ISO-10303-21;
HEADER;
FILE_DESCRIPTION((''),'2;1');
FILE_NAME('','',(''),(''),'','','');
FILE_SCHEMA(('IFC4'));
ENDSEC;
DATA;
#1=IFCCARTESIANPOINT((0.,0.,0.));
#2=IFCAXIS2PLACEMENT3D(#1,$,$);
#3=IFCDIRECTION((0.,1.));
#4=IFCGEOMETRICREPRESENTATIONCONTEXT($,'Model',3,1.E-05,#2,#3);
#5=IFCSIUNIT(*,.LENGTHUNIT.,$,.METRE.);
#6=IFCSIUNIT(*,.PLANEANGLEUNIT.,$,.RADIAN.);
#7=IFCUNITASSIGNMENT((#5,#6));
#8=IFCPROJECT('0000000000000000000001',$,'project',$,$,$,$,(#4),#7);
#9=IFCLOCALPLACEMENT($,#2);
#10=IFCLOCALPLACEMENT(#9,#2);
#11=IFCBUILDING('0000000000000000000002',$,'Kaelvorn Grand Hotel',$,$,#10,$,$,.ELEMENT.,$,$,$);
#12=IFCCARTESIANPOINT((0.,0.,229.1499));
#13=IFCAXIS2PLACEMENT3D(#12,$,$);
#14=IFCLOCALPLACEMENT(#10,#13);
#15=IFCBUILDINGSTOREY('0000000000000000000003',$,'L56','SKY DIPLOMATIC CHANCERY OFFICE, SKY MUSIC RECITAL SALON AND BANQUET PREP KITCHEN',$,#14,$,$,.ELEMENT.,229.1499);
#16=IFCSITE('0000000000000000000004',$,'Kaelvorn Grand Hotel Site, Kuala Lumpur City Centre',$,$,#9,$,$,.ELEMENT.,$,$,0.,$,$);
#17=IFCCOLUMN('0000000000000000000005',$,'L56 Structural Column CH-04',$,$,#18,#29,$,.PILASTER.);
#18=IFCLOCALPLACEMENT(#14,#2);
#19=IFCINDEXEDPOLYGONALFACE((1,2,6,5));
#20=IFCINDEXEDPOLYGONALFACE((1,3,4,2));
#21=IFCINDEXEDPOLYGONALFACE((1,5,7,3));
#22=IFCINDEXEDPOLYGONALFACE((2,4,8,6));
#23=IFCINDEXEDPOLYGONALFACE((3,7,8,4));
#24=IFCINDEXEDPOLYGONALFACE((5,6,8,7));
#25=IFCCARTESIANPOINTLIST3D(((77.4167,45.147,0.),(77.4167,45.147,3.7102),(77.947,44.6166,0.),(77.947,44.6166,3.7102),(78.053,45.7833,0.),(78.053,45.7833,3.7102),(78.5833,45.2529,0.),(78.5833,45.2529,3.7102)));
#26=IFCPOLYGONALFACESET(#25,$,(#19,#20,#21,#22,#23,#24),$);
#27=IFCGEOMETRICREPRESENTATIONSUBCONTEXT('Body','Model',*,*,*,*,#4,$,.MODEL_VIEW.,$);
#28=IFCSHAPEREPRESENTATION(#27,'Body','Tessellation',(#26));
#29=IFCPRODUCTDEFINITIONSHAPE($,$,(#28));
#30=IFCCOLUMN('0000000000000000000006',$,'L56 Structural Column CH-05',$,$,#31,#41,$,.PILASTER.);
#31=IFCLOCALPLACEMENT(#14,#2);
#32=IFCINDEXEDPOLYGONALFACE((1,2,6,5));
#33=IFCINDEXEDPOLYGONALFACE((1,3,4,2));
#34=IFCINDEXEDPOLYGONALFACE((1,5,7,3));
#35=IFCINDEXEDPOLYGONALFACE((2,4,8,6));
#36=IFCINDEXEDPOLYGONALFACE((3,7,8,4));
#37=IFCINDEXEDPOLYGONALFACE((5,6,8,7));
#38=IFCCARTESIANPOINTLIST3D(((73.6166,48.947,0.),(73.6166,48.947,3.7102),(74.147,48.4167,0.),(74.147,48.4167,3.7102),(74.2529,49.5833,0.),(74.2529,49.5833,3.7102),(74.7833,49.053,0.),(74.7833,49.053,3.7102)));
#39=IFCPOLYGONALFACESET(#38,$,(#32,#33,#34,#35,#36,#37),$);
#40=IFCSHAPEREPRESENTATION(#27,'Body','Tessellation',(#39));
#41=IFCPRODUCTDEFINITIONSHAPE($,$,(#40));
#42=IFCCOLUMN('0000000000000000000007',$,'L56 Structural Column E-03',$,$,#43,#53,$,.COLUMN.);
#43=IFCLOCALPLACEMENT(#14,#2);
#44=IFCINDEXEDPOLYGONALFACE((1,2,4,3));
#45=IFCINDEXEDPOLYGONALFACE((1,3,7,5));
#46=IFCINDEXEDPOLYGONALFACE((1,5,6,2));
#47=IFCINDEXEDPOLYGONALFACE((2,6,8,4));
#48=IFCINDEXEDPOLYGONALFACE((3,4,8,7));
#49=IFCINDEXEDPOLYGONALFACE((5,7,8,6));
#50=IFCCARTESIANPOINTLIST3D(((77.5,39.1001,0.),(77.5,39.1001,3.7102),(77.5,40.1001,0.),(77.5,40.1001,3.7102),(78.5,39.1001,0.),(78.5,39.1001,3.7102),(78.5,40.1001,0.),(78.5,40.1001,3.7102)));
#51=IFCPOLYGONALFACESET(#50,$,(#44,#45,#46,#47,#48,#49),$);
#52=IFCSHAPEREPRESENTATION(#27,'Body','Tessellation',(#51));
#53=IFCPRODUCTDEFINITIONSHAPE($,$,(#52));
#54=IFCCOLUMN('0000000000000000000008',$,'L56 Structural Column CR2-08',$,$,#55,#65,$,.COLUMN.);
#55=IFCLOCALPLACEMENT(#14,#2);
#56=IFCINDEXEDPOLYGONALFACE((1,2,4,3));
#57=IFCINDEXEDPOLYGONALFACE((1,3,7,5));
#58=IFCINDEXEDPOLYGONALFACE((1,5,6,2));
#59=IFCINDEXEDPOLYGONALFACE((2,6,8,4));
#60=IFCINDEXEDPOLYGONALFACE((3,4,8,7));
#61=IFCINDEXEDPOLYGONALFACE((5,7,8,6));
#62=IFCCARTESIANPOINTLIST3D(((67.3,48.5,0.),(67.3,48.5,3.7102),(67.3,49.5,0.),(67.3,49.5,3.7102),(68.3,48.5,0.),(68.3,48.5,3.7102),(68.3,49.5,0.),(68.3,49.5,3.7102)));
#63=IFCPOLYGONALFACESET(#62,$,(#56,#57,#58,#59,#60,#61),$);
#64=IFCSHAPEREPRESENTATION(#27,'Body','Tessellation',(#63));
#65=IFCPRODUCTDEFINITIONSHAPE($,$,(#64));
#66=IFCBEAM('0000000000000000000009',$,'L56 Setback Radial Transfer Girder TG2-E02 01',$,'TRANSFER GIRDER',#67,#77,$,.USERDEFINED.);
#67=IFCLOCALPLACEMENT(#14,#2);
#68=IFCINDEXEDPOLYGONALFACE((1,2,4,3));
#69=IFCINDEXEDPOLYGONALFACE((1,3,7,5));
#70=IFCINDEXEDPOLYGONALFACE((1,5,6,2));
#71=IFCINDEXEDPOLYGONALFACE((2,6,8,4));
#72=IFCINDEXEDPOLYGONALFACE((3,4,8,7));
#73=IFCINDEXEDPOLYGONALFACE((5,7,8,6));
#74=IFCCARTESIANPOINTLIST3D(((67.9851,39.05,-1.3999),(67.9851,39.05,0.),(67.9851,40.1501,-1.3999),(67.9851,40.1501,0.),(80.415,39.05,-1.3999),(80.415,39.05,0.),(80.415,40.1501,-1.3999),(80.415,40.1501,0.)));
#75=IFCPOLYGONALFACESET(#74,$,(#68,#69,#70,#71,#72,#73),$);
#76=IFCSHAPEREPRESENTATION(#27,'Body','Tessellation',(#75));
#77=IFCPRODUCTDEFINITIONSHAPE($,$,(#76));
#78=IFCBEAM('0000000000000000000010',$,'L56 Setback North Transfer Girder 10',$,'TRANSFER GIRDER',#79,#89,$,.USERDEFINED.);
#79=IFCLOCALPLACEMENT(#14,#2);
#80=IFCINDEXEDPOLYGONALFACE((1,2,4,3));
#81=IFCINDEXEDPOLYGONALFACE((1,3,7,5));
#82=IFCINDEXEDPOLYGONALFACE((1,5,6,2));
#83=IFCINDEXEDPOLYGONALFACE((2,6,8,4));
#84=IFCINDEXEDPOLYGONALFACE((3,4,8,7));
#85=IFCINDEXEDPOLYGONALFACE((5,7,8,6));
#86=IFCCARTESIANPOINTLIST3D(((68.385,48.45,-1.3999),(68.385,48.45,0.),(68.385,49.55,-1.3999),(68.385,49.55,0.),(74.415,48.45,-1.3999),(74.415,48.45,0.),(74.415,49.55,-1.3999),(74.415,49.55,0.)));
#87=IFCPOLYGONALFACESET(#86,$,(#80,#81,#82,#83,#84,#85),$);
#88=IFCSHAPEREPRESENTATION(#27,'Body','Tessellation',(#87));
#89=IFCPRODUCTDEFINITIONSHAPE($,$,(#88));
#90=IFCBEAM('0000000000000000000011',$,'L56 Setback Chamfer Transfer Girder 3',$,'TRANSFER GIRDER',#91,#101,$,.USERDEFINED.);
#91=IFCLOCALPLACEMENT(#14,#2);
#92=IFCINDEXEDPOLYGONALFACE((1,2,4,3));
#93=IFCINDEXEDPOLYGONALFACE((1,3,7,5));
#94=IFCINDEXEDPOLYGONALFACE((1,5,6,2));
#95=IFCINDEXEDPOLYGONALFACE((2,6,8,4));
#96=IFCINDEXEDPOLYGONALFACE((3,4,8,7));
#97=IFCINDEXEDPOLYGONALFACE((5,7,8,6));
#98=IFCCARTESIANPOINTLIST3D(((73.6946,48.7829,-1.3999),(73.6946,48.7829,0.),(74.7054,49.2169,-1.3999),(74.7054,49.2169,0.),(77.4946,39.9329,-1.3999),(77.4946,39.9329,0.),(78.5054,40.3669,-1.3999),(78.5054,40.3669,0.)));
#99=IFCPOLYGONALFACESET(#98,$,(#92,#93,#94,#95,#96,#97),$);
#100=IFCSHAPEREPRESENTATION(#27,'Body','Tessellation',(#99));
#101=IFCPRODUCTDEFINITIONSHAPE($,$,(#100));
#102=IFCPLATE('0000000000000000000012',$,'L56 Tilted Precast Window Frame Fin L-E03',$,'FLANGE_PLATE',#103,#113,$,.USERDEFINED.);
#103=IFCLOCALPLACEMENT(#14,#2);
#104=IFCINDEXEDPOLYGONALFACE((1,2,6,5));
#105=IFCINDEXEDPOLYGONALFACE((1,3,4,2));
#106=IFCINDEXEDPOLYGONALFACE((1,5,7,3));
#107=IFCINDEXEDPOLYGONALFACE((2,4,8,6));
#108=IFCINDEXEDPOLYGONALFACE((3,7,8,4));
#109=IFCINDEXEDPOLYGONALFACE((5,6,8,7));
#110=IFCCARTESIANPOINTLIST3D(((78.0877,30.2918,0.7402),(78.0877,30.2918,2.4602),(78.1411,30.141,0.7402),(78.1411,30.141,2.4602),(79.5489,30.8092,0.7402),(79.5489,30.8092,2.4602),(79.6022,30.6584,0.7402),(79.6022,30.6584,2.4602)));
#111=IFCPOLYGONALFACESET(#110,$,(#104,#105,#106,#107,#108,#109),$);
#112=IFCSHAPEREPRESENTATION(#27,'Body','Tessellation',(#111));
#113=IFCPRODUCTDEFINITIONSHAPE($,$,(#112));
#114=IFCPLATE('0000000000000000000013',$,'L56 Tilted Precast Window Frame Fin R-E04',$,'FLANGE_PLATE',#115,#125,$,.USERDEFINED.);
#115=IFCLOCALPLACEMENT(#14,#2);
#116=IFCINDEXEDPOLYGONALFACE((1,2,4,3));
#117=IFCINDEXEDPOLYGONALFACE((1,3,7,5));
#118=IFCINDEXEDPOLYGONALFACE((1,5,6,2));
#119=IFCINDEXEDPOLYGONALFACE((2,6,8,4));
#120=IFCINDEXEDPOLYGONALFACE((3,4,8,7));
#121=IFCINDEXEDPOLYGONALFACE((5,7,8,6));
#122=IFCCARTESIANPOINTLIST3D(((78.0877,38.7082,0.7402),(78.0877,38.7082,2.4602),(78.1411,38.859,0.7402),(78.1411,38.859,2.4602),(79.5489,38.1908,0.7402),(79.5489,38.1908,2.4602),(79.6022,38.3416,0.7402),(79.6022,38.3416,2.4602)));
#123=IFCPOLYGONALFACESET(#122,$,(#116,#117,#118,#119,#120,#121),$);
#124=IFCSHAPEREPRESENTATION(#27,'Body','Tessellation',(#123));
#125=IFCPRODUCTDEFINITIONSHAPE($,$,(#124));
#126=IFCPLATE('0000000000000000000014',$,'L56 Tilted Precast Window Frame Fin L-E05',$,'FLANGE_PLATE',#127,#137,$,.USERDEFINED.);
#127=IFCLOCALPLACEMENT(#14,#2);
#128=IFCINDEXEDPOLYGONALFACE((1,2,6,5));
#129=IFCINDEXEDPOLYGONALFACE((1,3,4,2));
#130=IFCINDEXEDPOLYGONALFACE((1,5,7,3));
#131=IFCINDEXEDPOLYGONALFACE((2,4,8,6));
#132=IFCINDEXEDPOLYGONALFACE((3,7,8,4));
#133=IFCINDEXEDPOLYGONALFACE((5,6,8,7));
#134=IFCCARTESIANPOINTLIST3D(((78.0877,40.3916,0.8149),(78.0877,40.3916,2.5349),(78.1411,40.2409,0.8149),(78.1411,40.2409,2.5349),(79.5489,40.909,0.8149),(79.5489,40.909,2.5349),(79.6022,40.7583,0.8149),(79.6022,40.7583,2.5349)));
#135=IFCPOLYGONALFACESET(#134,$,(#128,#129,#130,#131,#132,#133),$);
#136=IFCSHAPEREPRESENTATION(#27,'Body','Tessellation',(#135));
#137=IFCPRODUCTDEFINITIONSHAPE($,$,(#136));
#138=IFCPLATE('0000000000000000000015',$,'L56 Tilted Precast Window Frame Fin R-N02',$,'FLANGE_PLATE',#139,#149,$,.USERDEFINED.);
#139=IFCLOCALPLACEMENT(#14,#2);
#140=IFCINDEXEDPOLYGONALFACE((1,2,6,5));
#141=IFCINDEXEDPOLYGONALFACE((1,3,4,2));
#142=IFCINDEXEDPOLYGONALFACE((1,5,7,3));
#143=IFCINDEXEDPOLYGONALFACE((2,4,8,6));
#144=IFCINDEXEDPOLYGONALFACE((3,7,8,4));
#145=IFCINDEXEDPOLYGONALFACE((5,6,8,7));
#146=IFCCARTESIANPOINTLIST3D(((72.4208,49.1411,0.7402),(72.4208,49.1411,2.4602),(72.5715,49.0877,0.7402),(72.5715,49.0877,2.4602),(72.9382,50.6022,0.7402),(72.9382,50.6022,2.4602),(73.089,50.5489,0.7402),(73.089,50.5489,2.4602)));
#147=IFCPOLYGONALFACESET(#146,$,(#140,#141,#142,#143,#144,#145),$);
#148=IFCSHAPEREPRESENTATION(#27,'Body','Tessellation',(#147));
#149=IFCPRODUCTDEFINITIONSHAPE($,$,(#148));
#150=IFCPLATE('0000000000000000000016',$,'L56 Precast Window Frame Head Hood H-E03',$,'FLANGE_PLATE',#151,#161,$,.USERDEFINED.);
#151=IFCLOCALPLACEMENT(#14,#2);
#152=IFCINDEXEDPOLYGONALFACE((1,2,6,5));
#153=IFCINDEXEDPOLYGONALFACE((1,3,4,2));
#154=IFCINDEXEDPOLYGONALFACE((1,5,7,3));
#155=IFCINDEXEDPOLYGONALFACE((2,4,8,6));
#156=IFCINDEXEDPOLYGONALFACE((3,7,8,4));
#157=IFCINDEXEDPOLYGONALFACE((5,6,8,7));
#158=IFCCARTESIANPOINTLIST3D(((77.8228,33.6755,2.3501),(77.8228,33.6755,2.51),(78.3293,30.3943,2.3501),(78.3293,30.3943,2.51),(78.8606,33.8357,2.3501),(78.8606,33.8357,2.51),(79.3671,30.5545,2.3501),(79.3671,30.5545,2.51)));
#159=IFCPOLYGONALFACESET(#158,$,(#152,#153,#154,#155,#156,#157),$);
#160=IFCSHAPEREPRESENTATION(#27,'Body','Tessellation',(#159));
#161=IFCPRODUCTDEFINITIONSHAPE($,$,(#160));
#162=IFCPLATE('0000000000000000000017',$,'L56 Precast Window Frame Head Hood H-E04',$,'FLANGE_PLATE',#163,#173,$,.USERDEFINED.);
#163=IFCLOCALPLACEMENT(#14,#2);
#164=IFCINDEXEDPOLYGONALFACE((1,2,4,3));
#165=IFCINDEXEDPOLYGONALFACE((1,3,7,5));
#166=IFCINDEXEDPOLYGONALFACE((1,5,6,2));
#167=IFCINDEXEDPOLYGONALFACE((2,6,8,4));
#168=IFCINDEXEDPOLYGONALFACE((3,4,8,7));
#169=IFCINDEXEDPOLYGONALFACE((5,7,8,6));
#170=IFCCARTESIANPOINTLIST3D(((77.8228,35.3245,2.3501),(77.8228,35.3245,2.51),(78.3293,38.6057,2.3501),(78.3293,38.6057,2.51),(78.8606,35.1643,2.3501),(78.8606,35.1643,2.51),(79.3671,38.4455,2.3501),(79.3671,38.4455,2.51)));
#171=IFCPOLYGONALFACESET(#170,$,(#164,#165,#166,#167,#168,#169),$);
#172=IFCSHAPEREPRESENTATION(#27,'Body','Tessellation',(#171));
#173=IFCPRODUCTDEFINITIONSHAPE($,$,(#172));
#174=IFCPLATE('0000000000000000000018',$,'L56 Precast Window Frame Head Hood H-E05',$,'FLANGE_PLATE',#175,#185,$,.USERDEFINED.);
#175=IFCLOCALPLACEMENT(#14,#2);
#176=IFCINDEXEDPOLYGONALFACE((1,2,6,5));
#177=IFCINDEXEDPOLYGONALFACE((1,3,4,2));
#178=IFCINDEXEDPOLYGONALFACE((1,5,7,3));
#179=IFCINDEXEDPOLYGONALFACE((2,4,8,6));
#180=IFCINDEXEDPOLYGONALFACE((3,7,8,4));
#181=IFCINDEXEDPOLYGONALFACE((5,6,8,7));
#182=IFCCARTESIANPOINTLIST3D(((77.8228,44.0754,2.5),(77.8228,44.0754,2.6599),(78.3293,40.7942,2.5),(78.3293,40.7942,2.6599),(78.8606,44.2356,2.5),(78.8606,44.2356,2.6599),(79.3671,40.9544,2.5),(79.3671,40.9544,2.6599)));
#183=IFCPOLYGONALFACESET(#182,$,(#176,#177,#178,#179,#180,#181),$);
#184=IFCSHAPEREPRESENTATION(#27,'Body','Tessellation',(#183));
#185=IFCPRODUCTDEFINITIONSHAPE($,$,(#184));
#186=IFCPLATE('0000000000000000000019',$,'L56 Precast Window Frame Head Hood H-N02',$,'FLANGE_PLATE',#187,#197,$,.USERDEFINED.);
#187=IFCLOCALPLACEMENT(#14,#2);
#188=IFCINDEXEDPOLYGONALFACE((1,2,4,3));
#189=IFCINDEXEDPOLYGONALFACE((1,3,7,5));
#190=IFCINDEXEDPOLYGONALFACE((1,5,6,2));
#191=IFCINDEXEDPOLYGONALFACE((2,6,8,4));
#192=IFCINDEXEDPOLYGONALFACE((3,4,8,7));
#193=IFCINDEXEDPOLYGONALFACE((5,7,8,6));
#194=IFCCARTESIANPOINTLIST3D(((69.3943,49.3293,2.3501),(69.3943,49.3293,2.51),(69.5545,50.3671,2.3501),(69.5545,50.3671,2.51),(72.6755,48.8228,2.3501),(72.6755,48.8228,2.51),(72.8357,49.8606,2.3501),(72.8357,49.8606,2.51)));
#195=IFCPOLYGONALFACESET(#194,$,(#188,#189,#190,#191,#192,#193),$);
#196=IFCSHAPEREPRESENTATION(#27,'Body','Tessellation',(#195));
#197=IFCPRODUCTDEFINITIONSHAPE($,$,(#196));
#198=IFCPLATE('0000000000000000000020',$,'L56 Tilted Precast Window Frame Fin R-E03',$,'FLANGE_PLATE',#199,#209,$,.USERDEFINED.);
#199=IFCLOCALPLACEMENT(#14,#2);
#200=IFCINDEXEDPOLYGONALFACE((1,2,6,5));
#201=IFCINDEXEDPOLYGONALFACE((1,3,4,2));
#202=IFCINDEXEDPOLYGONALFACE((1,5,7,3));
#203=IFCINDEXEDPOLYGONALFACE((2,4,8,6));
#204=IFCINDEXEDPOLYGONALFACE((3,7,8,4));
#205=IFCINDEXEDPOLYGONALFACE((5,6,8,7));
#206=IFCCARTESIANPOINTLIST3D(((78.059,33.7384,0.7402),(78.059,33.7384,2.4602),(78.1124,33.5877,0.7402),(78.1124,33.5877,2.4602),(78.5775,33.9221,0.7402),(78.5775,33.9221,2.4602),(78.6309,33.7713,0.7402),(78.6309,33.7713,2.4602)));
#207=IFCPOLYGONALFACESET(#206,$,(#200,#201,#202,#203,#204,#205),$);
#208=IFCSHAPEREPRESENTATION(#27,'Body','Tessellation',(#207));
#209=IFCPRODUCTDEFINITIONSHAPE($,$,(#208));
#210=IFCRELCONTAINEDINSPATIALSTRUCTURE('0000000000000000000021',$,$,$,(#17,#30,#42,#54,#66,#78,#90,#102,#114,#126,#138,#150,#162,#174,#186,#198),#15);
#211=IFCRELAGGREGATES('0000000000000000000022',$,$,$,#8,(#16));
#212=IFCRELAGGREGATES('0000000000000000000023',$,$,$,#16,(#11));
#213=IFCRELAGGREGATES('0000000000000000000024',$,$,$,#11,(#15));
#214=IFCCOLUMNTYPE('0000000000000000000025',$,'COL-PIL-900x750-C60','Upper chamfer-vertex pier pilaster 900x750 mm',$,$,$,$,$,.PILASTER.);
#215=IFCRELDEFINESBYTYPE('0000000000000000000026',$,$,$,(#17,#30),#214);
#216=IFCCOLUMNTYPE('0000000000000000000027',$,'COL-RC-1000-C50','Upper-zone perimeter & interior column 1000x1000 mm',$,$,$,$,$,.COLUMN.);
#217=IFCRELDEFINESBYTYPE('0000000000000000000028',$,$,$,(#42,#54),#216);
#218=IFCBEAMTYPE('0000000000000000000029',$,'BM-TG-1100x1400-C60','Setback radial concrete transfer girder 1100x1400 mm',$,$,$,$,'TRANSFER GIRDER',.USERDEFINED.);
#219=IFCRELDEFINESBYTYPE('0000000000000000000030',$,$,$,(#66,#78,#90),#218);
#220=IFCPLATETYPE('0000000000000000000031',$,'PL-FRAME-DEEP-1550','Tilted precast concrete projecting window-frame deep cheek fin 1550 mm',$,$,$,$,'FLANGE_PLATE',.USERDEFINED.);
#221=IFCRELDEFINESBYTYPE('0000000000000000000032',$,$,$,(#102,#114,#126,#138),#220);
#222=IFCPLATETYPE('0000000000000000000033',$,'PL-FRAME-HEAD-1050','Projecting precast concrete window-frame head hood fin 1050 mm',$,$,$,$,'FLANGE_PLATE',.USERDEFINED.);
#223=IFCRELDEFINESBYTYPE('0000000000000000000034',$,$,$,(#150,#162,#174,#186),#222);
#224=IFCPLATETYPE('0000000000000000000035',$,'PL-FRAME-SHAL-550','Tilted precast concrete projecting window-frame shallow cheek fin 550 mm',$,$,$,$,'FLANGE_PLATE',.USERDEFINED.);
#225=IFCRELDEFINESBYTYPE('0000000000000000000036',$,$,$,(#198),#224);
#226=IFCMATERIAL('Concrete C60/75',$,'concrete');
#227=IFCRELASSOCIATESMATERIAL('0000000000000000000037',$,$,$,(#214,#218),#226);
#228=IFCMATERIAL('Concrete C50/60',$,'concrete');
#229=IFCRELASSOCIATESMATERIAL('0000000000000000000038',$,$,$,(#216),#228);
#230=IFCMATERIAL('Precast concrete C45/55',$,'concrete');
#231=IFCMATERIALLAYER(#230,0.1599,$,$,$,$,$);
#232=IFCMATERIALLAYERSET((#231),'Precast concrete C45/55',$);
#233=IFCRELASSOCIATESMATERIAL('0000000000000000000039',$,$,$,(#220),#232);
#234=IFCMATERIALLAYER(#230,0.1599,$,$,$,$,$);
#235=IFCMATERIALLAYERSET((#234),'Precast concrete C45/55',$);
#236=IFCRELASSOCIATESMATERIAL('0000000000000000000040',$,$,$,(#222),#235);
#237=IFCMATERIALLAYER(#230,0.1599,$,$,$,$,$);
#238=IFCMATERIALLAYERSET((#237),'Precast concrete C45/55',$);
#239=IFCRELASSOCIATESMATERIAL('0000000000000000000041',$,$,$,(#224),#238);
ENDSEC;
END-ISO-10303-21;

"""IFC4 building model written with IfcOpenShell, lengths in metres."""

from ifc_helpers import new_model, si_unit, direction, frame, origin, origin_2d, place, context, subcontext, project, spatial, rectangle, extrude, material, layer, layer_set, material_profile, profile_set, type_object, element, save


model = new_model("IFC4")

# Units and contexts
model_context = context("Model", 3, precision=1e-05, world=origin(), true_north=direction((0.0, 1.0)))
body_context = subcontext(model_context, "Body", "Model", "MODEL_VIEW")
ifc_project = project(units=[si_unit("LENGTHUNIT", "METRE"), si_unit("PLANEANGLEUNIT", "RADIAN")], contexts=[model_context])

# Site, building, storey
site_placement = place(None, origin())
site = spatial("IfcSite", under=ifc_project, at=site_placement, Name="Kaelvorn Grand Hotel Site, Kuala Lumpur City Centre", CompositionType="ELEMENT", RefElevation=0.0)
building_placement = place(site_placement, origin())
building = spatial("IfcBuilding", under=site, at=building_placement, Name="Kaelvorn Grand Hotel", CompositionType="ELEMENT")
storey_placement = place(building_placement, frame((0.0, 0.0, 229.1499)))
storey = spatial("IfcBuildingStorey", under=building, at=storey_placement, Name="L56", Description="SKY DIPLOMATIC CHANCERY OFFICE, SKY MUSIC RECITAL SALON AND BANQUET PREP KITCHEN", CompositionType="ELEMENT", Elevation=229.1499)

# Columns
ifc_material_1 = material(Name="Concrete C60/75", Category="concrete")
ifc_material_profile_1 = material_profile(ifc_material_1, rectangle(XDim=0.8999, YDim=0.75, at=origin_2d()), Name="RC PILASTER 900x750")
ifc_profile_set_1 = profile_set([ifc_material_profile_1], Name="Concrete C60/75")
column_type_1 = type_object("IfcColumnType", Name="COL-PIL-900x750-C60", Description="Upper chamfer-vertex pier pilaster 900x750 mm", PredefinedType="PILASTER", material=ifc_profile_set_1)
for number, where, z_axis, x_axis, name in (
    (1, (78.0, 45.2, 0.0), (0.0, 0.0, 1.0), (0.707107, 0.707107, 0.0), "L56 Structural Column CH-04"),
    (2, (74.2, 49.0, 0.0), (0.0, 0.0, 1.0), (0.707107, 0.707107, 0.0), "L56 Structural Column CH-05"),
):
    element("IfcColumn", number, at=place(storey_placement, frame(where, z_axis=z_axis, x_axis=x_axis)), inside=storey, type_object=column_type_1, Name=name, PredefinedType="PILASTER", context=body_context, shape_type="SweptSolid", body=[
        extrude(rectangle(XDim=0.8999, YDim=0.75, at=origin_2d()), origin(), (0.0, 0.0, 1.0), 3.7102),
    ])
ifc_material_2 = material(Name="Concrete C50/60", Category="concrete")
ifc_material_profile_2 = material_profile(ifc_material_2, rectangle(XDim=1.0, YDim=1.0, at=origin_2d()), Name="RC COL 1000x1000")
ifc_profile_set_2 = profile_set([ifc_material_profile_2], Name="Concrete C50/60")
column_type_2 = type_object("IfcColumnType", Name="COL-RC-1000-C50", Description="Upper-zone perimeter & interior column 1000x1000 mm", PredefinedType="COLUMN", material=ifc_profile_set_2)
for number, where, z_axis, x_axis, name in (
    (3, (78.0, 39.6001, 0.0), (0.0, 0.0, 1.0), (1.0, 0.0, 0.0), "L56 Structural Column E-03"),
    (4, (67.8, 49.0, 0.0), (0.0, 0.0, 1.0), (1.0, 0.0, 0.0), "L56 Structural Column CR2-08"),
):
    element("IfcColumn", number, at=place(storey_placement, frame(where, z_axis=z_axis, x_axis=x_axis)), inside=storey, type_object=column_type_2, Name=name, PredefinedType="COLUMN", context=body_context, shape_type="SweptSolid", body=[
        extrude(rectangle(XDim=1.0, YDim=1.0, at=origin_2d()), origin(), (0.0, 0.0, 1.0), 3.7102),
    ])

# Beams
ifc_material_profile_3 = material_profile(ifc_material_1, rectangle(XDim=1.1001, YDim=1.3999, at=origin_2d()), Name="RC TG 1100x1400")
ifc_profile_set_3 = profile_set([ifc_material_profile_3], Name="Concrete C60/75")
beam_type = type_object("IfcBeamType", Name="BM-TG-1100x1400-C60", Description="Setback radial concrete transfer girder 1100x1400 mm", ElementType="TRANSFER GIRDER", PredefinedType="USERDEFINED", material=ifc_profile_set_3)
beam_1_placement = place(storey_placement, frame((67.9851, 39.6001, -0.7), z_axis=(1.0, 0.0, 0.0), x_axis=(0.0, 1.0, 0.0)))
element("IfcBeam", 5, at=beam_1_placement, inside=storey, type_object=beam_type, Name="L56 Setback Radial Transfer Girder TG2-E02 01", ObjectType="TRANSFER GIRDER", PredefinedType="USERDEFINED", context=body_context, shape_type="SweptSolid", body=[
    extrude(rectangle(XDim=1.1001, YDim=1.3999, at=origin_2d()), origin(), (0.0, 0.0, 1.0), 12.4299),
])
beam_2_placement = place(storey_placement, frame((68.385, 49.0, -0.7), z_axis=(1.0, 0.0, 0.0), x_axis=(0.0, 1.0, 0.0)))
element("IfcBeam", 6, at=beam_2_placement, inside=storey, type_object=beam_type, Name="L56 Setback North Transfer Girder 10", ObjectType="TRANSFER GIRDER", PredefinedType="USERDEFINED", context=body_context, shape_type="SweptSolid", body=[
    extrude(rectangle(XDim=1.1001, YDim=1.3999, at=origin_2d()), origin(), (0.0, 0.0, 1.0), 6.03),
])
beam_3_placement = place(storey_placement, frame((78.0, 40.1499, -0.7), z_axis=(-0.394546, 0.918876, 0.0), x_axis=(-0.918876, -0.394546, 0.0)))
element("IfcBeam", 7, at=beam_3_placement, inside=storey, type_object=beam_type, Name="L56 Setback Chamfer Transfer Girder 3", ObjectType="TRANSFER GIRDER", PredefinedType="USERDEFINED", context=body_context, shape_type="SweptSolid", body=[
    extrude(rectangle(XDim=1.1001, YDim=1.3999, at=origin_2d()), origin(), (0.0, 0.0, 1.0), 9.6313),
])

# Plates
ifc_material_3 = material(Name="Precast concrete C45/55", Category="concrete")
ifc_layer_1 = layer(ifc_material_3, 0.1599)
ifc_layer_set_1 = layer_set([ifc_layer_1], Name="Precast concrete C45/55")
plate_type_1 = type_object("IfcPlateType", Name="PL-FRAME-DEEP-1550", Description="Tilted precast concrete projecting window-frame deep cheek fin 1550 mm", ElementType="FLANGE_PLATE", PredefinedType="USERDEFINED", material=ifc_layer_set_1)
for number, where, z_axis, x_axis, name in (
    (8, (78.845, 30.4751, 0.7402), (0.0, 0.0, 1.0), (-0.333807, 0.942641, 0.0), "L56 Tilted Precast Window Frame Fin L-E03"),
    (9, (78.845, 38.5249, 0.7402), (0.0, 0.0, 1.0), (0.333807, 0.942641, 0.0), "L56 Tilted Precast Window Frame Fin R-E04"),
    (10, (78.845, 40.575, 0.8149), (0.0, 0.0, 1.0), (-0.333807, 0.942641, 0.0), "L56 Tilted Precast Window Frame Fin L-E05"),
    (11, (72.7549, 49.845, 0.7402), (0.0, 0.0, 1.0), (0.942641, -0.333807, 0.0), "L56 Tilted Precast Window Frame Fin R-N02"),
):
    element("IfcPlate", number, at=place(storey_placement, frame(where, z_axis=z_axis, x_axis=x_axis)), inside=storey, type_object=plate_type_1, Name=name, ObjectType="FLANGE_PLATE", PredefinedType="USERDEFINED", context=body_context, shape_type="SweptSolid", body=[
        extrude(rectangle(XDim=0.1599, YDim=1.55, at=origin_2d()), origin(), (0.0, 0.0, 1.0), 1.72),
    ])
ifc_layer_2 = layer(ifc_material_3, 0.1599)
ifc_layer_set_2 = layer_set([ifc_layer_2], Name="Precast concrete C45/55")
plate_type_2 = type_object("IfcPlateType", Name="PL-FRAME-HEAD-1050", Description="Projecting precast concrete window-frame head hood fin 1050 mm", ElementType="FLANGE_PLATE", PredefinedType="USERDEFINED", material=ifc_layer_set_2)
for number, where, z_axis, x_axis, name in (
    (12, (78.595, 32.115, 2.3501), (0.0, 0.0, 1.0), (-0.152555, 0.988295, 0.0), "L56 Precast Window Frame Head Hood H-E03"),
    (13, (78.595, 36.885, 2.3501), (0.0, 0.0, 1.0), (0.152555, 0.988295, 0.0), "L56 Precast Window Frame Head Hood H-E04"),
    (14, (78.595, 42.5149, 2.5), (0.0, 0.0, 1.0), (-0.152555, 0.988295, 0.0), "L56 Precast Window Frame Head Hood H-E05"),
    (15, (71.115, 49.595, 2.3501), (0.0, 0.0, 1.0), (0.988295, -0.152555, 0.0), "L56 Precast Window Frame Head Hood H-N02"),
):
    element("IfcPlate", number, at=place(storey_placement, frame(where, z_axis=z_axis, x_axis=x_axis)), inside=storey, type_object=plate_type_2, Name=name, ObjectType="FLANGE_PLATE", PredefinedType="USERDEFINED", context=body_context, shape_type="SweptSolid", body=[
        extrude(rectangle(XDim=3.3201, YDim=1.05, at=origin_2d()), origin(), (0.0, 0.0, 1.0), 0.1599),
    ])
ifc_layer_3 = layer(ifc_material_3, 0.1599)
ifc_layer_set_3 = layer_set([ifc_layer_3], Name="Precast concrete C45/55")
plate_type_3 = type_object("IfcPlateType", Name="PL-FRAME-SHAL-550", Description="Tilted precast concrete projecting window-frame shallow cheek fin 550 mm", ElementType="FLANGE_PLATE", PredefinedType="USERDEFINED", material=ifc_layer_set_3)
for number, where, z_axis, x_axis, name in (
    (16, (78.345, 33.7549, 0.7402), (0.0, 0.0, 1.0), (-0.333807, 0.942641, 0.0), "L56 Tilted Precast Window Frame Fin R-E03"),
):
    element("IfcPlate", number, at=place(storey_placement, frame(where, z_axis=z_axis, x_axis=x_axis)), inside=storey, type_object=plate_type_3, Name=name, ObjectType="FLANGE_PLATE", PredefinedType="USERDEFINED", context=body_context, shape_type="SweptSolid", body=[
        extrude(rectangle(XDim=0.1599, YDim=0.55, at=origin_2d()), origin(), (0.0, 0.0, 1.0), 1.72),
    ])

save(model, "model.ifc")
